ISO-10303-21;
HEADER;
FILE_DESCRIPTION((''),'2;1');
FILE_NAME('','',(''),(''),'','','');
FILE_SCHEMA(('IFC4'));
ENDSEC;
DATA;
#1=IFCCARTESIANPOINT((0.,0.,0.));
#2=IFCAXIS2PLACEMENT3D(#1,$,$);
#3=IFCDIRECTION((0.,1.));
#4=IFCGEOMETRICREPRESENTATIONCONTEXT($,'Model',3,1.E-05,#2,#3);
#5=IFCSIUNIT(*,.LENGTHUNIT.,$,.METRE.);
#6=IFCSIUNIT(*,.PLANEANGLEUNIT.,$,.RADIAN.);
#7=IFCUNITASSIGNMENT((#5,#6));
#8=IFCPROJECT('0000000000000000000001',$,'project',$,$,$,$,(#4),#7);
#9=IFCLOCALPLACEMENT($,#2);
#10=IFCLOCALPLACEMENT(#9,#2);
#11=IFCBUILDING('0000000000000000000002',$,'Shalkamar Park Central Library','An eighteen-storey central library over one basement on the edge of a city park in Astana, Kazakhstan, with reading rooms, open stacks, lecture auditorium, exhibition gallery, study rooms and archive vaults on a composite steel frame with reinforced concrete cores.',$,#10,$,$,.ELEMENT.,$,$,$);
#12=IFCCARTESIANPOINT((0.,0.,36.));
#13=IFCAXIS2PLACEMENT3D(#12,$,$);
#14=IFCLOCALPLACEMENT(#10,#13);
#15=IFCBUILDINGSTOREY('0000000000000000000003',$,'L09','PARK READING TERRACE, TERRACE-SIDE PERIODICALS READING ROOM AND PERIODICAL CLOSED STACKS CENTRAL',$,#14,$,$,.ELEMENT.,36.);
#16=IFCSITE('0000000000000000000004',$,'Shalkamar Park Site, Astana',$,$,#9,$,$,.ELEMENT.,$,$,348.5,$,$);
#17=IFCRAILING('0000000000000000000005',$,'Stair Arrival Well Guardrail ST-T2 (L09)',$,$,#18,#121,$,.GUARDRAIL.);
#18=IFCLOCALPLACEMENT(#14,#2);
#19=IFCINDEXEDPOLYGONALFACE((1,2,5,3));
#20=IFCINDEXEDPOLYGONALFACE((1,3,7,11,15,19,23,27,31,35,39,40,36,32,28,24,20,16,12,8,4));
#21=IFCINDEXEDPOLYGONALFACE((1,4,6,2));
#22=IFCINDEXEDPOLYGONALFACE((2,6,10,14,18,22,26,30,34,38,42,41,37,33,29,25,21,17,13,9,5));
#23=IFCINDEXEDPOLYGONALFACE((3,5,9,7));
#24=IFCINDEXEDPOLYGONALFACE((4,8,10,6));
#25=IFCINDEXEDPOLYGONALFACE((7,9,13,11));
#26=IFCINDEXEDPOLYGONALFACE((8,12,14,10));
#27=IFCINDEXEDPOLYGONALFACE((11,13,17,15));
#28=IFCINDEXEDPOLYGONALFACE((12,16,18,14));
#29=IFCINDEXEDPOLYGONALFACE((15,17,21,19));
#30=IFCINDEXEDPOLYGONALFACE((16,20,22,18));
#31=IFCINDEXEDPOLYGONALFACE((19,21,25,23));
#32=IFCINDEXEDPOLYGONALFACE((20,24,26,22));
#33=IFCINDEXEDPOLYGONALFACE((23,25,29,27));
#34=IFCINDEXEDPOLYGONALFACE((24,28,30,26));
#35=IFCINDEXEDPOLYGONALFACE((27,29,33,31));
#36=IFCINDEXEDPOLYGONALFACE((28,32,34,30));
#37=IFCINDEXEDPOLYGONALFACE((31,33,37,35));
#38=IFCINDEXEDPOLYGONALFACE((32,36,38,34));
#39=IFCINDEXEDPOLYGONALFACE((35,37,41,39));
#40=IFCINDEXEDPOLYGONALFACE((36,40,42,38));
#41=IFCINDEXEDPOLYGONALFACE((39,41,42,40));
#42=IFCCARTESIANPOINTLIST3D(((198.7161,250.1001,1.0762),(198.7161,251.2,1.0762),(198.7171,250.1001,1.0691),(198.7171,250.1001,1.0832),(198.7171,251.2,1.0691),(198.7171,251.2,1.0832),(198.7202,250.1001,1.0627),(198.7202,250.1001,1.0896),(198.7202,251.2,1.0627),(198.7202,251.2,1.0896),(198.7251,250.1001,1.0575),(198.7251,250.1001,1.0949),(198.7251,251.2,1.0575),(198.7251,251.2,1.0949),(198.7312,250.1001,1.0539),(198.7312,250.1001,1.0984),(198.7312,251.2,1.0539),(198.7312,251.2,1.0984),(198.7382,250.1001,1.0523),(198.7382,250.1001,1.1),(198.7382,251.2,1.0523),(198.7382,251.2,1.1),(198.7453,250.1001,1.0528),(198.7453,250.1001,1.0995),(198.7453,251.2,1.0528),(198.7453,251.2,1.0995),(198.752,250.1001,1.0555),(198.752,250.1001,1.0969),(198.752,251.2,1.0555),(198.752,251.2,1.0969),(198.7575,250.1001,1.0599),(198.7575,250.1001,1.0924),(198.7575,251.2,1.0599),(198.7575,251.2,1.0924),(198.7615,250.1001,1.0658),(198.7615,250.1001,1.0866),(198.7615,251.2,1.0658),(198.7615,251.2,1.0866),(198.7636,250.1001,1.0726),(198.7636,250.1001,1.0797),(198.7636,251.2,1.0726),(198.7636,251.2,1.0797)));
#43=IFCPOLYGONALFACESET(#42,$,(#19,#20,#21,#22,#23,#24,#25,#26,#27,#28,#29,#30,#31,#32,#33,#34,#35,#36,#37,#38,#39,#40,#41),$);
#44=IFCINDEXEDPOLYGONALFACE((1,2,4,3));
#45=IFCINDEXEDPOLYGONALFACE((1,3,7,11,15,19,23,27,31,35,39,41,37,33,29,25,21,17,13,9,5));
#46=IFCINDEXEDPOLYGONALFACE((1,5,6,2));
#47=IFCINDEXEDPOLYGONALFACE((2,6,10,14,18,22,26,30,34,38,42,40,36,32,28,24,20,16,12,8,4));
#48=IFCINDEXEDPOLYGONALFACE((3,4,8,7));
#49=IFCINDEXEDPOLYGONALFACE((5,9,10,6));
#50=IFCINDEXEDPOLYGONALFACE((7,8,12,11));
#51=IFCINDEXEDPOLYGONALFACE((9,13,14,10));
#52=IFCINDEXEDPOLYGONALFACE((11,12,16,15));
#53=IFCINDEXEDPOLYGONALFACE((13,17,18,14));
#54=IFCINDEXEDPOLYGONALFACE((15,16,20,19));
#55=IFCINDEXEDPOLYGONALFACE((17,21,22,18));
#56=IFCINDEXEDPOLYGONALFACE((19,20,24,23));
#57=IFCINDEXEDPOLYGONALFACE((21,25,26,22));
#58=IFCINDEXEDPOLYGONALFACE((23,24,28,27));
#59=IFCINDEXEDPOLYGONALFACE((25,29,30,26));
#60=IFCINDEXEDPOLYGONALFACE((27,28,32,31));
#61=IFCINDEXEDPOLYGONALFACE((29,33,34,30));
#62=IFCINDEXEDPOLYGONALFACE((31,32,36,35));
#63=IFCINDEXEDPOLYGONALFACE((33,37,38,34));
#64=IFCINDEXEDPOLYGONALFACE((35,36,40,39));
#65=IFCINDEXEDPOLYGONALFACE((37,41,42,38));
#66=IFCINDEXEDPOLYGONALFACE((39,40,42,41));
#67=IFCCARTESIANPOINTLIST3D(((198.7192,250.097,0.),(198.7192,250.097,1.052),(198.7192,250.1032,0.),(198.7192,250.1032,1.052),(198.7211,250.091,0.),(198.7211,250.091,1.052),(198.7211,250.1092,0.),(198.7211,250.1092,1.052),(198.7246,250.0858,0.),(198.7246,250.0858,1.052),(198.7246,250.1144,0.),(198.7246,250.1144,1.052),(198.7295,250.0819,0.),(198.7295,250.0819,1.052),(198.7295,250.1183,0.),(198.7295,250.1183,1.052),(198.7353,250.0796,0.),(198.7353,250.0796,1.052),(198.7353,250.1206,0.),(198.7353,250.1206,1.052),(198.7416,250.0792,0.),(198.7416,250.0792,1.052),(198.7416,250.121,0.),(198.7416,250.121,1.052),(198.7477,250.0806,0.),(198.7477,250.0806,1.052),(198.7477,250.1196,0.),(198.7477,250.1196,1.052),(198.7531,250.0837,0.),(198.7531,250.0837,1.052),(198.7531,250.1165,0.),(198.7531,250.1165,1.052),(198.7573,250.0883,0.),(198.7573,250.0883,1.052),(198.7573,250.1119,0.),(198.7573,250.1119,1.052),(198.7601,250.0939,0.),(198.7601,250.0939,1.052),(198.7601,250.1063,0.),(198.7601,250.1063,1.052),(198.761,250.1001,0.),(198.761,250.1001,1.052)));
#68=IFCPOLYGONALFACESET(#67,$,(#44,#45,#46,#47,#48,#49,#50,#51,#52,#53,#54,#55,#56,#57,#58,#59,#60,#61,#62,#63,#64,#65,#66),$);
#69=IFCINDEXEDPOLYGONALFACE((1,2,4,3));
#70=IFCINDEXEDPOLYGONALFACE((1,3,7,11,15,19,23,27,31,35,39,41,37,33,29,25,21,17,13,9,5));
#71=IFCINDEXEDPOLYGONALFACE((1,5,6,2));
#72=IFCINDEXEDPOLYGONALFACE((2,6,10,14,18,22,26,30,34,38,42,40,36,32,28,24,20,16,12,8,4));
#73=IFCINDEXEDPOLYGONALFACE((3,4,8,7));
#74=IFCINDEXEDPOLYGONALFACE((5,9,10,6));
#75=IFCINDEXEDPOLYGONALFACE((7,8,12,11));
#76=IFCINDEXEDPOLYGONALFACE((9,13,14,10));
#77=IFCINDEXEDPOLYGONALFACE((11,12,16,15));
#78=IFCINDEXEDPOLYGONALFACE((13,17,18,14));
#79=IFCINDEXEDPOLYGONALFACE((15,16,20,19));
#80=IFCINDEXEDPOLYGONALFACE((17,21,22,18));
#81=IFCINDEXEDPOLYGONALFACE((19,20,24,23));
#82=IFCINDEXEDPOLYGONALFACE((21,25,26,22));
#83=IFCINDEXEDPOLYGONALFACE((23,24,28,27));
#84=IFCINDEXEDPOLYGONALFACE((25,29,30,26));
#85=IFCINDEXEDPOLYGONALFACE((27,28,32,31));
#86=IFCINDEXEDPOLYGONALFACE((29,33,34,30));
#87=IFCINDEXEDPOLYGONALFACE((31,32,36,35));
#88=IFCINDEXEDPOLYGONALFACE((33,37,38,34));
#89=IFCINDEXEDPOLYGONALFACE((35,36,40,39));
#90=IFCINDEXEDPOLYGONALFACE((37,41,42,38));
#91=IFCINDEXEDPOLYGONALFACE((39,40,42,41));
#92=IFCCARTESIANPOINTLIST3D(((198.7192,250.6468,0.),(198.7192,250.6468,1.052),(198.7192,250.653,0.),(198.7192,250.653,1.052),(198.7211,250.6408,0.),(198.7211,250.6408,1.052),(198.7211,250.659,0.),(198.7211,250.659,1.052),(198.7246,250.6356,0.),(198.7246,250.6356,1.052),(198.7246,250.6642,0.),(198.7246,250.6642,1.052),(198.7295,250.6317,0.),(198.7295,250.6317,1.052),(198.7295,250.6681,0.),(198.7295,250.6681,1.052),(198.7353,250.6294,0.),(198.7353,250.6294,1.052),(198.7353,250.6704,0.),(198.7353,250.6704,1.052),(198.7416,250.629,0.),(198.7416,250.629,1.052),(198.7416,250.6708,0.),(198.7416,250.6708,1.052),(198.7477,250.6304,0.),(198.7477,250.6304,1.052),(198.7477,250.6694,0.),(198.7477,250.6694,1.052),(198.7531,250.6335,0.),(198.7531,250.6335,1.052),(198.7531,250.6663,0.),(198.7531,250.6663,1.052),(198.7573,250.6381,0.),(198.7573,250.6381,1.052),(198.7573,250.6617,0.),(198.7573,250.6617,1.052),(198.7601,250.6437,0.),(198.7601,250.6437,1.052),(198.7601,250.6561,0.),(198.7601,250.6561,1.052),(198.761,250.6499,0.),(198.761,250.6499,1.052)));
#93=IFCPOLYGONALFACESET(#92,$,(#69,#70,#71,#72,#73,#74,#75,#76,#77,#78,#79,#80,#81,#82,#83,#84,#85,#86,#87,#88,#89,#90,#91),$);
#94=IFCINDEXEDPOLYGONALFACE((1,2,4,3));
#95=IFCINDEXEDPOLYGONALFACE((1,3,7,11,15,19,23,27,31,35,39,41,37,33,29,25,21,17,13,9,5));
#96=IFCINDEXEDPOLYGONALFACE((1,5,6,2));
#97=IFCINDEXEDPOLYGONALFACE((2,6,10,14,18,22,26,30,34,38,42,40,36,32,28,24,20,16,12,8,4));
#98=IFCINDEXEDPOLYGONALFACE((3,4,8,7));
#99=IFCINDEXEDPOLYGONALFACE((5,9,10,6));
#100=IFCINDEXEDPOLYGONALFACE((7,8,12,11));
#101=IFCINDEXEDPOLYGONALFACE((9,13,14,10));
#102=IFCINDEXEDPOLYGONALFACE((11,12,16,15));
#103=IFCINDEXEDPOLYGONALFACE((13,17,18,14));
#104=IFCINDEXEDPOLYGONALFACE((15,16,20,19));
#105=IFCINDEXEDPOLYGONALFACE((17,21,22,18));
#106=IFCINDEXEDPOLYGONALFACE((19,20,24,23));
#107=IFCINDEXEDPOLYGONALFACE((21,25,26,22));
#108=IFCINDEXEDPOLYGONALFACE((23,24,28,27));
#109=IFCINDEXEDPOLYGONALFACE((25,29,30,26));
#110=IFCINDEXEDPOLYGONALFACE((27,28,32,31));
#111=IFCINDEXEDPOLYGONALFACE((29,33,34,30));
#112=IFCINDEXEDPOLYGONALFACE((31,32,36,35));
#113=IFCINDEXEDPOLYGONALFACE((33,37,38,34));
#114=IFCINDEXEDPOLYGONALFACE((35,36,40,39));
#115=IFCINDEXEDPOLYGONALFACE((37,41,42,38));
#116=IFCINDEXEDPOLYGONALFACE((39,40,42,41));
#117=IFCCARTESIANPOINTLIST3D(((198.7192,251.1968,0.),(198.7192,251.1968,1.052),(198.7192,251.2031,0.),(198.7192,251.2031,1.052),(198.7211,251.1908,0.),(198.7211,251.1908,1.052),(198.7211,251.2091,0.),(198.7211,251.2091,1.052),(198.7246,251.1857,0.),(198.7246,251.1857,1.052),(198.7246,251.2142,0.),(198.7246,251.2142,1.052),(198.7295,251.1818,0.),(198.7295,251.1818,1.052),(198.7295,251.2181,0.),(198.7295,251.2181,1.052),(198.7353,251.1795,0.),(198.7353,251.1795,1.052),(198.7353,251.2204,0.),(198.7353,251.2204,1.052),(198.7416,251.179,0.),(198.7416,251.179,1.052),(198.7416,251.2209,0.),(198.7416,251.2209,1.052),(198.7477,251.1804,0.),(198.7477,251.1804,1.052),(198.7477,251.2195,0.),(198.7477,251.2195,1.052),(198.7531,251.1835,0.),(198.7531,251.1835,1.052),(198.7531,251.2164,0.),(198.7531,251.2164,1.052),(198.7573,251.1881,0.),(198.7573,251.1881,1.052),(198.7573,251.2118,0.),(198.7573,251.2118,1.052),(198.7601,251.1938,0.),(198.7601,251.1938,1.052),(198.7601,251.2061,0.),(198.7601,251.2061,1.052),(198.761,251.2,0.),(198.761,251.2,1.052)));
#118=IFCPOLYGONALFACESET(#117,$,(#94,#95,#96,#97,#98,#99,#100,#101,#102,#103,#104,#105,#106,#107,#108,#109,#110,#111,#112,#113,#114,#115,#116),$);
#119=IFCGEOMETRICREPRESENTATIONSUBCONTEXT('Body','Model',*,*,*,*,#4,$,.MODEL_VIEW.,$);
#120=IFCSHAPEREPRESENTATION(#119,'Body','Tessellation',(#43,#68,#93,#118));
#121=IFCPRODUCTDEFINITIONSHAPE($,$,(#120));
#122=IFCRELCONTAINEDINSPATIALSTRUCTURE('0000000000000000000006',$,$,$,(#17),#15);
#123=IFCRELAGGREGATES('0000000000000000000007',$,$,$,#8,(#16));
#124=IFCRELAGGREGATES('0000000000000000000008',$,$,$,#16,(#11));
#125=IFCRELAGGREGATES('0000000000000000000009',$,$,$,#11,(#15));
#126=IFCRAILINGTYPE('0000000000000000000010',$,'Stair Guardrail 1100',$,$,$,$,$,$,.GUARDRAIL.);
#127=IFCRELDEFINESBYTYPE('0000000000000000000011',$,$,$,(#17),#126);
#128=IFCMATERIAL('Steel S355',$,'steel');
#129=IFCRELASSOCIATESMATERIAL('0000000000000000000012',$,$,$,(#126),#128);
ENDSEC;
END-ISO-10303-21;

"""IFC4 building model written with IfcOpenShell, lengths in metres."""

from ifc_helpers import new_model, si_unit, direction, frame, origin, origin_2d, place, context, subcontext, project, spatial, circle, extrude, material, type_object, element, save


model = new_model("IFC4")

# Units and contexts
model_context = context("Model", 3, precision=1e-05, world=origin(), true_north=direction((0.0, 1.0)))
body_context = subcontext(model_context, "Body", "Model", "MODEL_VIEW")
ifc_project = project(units=[si_unit("LENGTHUNIT", "METRE"), si_unit("PLANEANGLEUNIT", "RADIAN")], contexts=[model_context])

# Site, building, storey
site_placement = place(None, origin())
site = spatial("IfcSite", under=ifc_project, at=site_placement, Name="Shalkamar Park Site, Astana", CompositionType="ELEMENT", RefElevation=348.5)
building_placement = place(site_placement, origin())
building = spatial("IfcBuilding", under=site, at=building_placement, Name="Shalkamar Park Central Library", Description="An eighteen-storey central library over one basement on the edge of a city park in Astana, Kazakhstan, with reading rooms, open stacks, lecture auditorium, exhibition gallery, study rooms and archive vaults on a composite steel frame with reinforced concrete cores.", CompositionType="ELEMENT")
storey_placement = place(building_placement, frame((0.0, 0.0, 36.0)))
storey = spatial("IfcBuildingStorey", under=building, at=storey_placement, Name="L09", Description="PARK READING TERRACE, TERRACE-SIDE PERIODICALS READING ROOM AND PERIODICAL CLOSED STACKS CENTRAL", CompositionType="ELEMENT", Elevation=36.0)

# Shared definitions
ifc_material_1 = material(Name="Steel S355", Category="steel")

# Railing
railing_type_1 = type_object("IfcRailingType", Name="Stair Guardrail 1100", PredefinedType="GUARDRAIL", material=ifc_material_1)
railing_1_placement = place(storey_placement, frame((198.74, 250.1001, 0.0)))
element("IfcRailing", 1, at=railing_1_placement, inside=storey, type_object=railing_type_1, Name="Stair Arrival Well Guardrail ST-T2 (L09)", PredefinedType="GUARDRAIL", context=body_context, shape_type="SweptSolid", body=[
    extrude(circle(Radius=0.0239, at=origin_2d()), frame((0.0, 0.0, 1.0762), z_axis=(0.0, 1.0, 0.0), x_axis=(-1.0, 0.0, 0.0)), (0.0, 0.0, 1.0), 1.0999),
    extrude(circle(Radius=0.021, at=origin_2d()), origin(), (0.0, 0.0, 1.0), 1.052),
    extrude(circle(Radius=0.021, at=origin_2d()), frame((0.0, 0.5498, 0.0)), (0.0, 0.0, 1.0), 1.052),
    extrude(circle(Radius=0.021, at=origin_2d()), frame((0.0, 1.0999, 0.0)), (0.0, 0.0, 1.0), 1.052),
])

save(model, "model.ifc")
